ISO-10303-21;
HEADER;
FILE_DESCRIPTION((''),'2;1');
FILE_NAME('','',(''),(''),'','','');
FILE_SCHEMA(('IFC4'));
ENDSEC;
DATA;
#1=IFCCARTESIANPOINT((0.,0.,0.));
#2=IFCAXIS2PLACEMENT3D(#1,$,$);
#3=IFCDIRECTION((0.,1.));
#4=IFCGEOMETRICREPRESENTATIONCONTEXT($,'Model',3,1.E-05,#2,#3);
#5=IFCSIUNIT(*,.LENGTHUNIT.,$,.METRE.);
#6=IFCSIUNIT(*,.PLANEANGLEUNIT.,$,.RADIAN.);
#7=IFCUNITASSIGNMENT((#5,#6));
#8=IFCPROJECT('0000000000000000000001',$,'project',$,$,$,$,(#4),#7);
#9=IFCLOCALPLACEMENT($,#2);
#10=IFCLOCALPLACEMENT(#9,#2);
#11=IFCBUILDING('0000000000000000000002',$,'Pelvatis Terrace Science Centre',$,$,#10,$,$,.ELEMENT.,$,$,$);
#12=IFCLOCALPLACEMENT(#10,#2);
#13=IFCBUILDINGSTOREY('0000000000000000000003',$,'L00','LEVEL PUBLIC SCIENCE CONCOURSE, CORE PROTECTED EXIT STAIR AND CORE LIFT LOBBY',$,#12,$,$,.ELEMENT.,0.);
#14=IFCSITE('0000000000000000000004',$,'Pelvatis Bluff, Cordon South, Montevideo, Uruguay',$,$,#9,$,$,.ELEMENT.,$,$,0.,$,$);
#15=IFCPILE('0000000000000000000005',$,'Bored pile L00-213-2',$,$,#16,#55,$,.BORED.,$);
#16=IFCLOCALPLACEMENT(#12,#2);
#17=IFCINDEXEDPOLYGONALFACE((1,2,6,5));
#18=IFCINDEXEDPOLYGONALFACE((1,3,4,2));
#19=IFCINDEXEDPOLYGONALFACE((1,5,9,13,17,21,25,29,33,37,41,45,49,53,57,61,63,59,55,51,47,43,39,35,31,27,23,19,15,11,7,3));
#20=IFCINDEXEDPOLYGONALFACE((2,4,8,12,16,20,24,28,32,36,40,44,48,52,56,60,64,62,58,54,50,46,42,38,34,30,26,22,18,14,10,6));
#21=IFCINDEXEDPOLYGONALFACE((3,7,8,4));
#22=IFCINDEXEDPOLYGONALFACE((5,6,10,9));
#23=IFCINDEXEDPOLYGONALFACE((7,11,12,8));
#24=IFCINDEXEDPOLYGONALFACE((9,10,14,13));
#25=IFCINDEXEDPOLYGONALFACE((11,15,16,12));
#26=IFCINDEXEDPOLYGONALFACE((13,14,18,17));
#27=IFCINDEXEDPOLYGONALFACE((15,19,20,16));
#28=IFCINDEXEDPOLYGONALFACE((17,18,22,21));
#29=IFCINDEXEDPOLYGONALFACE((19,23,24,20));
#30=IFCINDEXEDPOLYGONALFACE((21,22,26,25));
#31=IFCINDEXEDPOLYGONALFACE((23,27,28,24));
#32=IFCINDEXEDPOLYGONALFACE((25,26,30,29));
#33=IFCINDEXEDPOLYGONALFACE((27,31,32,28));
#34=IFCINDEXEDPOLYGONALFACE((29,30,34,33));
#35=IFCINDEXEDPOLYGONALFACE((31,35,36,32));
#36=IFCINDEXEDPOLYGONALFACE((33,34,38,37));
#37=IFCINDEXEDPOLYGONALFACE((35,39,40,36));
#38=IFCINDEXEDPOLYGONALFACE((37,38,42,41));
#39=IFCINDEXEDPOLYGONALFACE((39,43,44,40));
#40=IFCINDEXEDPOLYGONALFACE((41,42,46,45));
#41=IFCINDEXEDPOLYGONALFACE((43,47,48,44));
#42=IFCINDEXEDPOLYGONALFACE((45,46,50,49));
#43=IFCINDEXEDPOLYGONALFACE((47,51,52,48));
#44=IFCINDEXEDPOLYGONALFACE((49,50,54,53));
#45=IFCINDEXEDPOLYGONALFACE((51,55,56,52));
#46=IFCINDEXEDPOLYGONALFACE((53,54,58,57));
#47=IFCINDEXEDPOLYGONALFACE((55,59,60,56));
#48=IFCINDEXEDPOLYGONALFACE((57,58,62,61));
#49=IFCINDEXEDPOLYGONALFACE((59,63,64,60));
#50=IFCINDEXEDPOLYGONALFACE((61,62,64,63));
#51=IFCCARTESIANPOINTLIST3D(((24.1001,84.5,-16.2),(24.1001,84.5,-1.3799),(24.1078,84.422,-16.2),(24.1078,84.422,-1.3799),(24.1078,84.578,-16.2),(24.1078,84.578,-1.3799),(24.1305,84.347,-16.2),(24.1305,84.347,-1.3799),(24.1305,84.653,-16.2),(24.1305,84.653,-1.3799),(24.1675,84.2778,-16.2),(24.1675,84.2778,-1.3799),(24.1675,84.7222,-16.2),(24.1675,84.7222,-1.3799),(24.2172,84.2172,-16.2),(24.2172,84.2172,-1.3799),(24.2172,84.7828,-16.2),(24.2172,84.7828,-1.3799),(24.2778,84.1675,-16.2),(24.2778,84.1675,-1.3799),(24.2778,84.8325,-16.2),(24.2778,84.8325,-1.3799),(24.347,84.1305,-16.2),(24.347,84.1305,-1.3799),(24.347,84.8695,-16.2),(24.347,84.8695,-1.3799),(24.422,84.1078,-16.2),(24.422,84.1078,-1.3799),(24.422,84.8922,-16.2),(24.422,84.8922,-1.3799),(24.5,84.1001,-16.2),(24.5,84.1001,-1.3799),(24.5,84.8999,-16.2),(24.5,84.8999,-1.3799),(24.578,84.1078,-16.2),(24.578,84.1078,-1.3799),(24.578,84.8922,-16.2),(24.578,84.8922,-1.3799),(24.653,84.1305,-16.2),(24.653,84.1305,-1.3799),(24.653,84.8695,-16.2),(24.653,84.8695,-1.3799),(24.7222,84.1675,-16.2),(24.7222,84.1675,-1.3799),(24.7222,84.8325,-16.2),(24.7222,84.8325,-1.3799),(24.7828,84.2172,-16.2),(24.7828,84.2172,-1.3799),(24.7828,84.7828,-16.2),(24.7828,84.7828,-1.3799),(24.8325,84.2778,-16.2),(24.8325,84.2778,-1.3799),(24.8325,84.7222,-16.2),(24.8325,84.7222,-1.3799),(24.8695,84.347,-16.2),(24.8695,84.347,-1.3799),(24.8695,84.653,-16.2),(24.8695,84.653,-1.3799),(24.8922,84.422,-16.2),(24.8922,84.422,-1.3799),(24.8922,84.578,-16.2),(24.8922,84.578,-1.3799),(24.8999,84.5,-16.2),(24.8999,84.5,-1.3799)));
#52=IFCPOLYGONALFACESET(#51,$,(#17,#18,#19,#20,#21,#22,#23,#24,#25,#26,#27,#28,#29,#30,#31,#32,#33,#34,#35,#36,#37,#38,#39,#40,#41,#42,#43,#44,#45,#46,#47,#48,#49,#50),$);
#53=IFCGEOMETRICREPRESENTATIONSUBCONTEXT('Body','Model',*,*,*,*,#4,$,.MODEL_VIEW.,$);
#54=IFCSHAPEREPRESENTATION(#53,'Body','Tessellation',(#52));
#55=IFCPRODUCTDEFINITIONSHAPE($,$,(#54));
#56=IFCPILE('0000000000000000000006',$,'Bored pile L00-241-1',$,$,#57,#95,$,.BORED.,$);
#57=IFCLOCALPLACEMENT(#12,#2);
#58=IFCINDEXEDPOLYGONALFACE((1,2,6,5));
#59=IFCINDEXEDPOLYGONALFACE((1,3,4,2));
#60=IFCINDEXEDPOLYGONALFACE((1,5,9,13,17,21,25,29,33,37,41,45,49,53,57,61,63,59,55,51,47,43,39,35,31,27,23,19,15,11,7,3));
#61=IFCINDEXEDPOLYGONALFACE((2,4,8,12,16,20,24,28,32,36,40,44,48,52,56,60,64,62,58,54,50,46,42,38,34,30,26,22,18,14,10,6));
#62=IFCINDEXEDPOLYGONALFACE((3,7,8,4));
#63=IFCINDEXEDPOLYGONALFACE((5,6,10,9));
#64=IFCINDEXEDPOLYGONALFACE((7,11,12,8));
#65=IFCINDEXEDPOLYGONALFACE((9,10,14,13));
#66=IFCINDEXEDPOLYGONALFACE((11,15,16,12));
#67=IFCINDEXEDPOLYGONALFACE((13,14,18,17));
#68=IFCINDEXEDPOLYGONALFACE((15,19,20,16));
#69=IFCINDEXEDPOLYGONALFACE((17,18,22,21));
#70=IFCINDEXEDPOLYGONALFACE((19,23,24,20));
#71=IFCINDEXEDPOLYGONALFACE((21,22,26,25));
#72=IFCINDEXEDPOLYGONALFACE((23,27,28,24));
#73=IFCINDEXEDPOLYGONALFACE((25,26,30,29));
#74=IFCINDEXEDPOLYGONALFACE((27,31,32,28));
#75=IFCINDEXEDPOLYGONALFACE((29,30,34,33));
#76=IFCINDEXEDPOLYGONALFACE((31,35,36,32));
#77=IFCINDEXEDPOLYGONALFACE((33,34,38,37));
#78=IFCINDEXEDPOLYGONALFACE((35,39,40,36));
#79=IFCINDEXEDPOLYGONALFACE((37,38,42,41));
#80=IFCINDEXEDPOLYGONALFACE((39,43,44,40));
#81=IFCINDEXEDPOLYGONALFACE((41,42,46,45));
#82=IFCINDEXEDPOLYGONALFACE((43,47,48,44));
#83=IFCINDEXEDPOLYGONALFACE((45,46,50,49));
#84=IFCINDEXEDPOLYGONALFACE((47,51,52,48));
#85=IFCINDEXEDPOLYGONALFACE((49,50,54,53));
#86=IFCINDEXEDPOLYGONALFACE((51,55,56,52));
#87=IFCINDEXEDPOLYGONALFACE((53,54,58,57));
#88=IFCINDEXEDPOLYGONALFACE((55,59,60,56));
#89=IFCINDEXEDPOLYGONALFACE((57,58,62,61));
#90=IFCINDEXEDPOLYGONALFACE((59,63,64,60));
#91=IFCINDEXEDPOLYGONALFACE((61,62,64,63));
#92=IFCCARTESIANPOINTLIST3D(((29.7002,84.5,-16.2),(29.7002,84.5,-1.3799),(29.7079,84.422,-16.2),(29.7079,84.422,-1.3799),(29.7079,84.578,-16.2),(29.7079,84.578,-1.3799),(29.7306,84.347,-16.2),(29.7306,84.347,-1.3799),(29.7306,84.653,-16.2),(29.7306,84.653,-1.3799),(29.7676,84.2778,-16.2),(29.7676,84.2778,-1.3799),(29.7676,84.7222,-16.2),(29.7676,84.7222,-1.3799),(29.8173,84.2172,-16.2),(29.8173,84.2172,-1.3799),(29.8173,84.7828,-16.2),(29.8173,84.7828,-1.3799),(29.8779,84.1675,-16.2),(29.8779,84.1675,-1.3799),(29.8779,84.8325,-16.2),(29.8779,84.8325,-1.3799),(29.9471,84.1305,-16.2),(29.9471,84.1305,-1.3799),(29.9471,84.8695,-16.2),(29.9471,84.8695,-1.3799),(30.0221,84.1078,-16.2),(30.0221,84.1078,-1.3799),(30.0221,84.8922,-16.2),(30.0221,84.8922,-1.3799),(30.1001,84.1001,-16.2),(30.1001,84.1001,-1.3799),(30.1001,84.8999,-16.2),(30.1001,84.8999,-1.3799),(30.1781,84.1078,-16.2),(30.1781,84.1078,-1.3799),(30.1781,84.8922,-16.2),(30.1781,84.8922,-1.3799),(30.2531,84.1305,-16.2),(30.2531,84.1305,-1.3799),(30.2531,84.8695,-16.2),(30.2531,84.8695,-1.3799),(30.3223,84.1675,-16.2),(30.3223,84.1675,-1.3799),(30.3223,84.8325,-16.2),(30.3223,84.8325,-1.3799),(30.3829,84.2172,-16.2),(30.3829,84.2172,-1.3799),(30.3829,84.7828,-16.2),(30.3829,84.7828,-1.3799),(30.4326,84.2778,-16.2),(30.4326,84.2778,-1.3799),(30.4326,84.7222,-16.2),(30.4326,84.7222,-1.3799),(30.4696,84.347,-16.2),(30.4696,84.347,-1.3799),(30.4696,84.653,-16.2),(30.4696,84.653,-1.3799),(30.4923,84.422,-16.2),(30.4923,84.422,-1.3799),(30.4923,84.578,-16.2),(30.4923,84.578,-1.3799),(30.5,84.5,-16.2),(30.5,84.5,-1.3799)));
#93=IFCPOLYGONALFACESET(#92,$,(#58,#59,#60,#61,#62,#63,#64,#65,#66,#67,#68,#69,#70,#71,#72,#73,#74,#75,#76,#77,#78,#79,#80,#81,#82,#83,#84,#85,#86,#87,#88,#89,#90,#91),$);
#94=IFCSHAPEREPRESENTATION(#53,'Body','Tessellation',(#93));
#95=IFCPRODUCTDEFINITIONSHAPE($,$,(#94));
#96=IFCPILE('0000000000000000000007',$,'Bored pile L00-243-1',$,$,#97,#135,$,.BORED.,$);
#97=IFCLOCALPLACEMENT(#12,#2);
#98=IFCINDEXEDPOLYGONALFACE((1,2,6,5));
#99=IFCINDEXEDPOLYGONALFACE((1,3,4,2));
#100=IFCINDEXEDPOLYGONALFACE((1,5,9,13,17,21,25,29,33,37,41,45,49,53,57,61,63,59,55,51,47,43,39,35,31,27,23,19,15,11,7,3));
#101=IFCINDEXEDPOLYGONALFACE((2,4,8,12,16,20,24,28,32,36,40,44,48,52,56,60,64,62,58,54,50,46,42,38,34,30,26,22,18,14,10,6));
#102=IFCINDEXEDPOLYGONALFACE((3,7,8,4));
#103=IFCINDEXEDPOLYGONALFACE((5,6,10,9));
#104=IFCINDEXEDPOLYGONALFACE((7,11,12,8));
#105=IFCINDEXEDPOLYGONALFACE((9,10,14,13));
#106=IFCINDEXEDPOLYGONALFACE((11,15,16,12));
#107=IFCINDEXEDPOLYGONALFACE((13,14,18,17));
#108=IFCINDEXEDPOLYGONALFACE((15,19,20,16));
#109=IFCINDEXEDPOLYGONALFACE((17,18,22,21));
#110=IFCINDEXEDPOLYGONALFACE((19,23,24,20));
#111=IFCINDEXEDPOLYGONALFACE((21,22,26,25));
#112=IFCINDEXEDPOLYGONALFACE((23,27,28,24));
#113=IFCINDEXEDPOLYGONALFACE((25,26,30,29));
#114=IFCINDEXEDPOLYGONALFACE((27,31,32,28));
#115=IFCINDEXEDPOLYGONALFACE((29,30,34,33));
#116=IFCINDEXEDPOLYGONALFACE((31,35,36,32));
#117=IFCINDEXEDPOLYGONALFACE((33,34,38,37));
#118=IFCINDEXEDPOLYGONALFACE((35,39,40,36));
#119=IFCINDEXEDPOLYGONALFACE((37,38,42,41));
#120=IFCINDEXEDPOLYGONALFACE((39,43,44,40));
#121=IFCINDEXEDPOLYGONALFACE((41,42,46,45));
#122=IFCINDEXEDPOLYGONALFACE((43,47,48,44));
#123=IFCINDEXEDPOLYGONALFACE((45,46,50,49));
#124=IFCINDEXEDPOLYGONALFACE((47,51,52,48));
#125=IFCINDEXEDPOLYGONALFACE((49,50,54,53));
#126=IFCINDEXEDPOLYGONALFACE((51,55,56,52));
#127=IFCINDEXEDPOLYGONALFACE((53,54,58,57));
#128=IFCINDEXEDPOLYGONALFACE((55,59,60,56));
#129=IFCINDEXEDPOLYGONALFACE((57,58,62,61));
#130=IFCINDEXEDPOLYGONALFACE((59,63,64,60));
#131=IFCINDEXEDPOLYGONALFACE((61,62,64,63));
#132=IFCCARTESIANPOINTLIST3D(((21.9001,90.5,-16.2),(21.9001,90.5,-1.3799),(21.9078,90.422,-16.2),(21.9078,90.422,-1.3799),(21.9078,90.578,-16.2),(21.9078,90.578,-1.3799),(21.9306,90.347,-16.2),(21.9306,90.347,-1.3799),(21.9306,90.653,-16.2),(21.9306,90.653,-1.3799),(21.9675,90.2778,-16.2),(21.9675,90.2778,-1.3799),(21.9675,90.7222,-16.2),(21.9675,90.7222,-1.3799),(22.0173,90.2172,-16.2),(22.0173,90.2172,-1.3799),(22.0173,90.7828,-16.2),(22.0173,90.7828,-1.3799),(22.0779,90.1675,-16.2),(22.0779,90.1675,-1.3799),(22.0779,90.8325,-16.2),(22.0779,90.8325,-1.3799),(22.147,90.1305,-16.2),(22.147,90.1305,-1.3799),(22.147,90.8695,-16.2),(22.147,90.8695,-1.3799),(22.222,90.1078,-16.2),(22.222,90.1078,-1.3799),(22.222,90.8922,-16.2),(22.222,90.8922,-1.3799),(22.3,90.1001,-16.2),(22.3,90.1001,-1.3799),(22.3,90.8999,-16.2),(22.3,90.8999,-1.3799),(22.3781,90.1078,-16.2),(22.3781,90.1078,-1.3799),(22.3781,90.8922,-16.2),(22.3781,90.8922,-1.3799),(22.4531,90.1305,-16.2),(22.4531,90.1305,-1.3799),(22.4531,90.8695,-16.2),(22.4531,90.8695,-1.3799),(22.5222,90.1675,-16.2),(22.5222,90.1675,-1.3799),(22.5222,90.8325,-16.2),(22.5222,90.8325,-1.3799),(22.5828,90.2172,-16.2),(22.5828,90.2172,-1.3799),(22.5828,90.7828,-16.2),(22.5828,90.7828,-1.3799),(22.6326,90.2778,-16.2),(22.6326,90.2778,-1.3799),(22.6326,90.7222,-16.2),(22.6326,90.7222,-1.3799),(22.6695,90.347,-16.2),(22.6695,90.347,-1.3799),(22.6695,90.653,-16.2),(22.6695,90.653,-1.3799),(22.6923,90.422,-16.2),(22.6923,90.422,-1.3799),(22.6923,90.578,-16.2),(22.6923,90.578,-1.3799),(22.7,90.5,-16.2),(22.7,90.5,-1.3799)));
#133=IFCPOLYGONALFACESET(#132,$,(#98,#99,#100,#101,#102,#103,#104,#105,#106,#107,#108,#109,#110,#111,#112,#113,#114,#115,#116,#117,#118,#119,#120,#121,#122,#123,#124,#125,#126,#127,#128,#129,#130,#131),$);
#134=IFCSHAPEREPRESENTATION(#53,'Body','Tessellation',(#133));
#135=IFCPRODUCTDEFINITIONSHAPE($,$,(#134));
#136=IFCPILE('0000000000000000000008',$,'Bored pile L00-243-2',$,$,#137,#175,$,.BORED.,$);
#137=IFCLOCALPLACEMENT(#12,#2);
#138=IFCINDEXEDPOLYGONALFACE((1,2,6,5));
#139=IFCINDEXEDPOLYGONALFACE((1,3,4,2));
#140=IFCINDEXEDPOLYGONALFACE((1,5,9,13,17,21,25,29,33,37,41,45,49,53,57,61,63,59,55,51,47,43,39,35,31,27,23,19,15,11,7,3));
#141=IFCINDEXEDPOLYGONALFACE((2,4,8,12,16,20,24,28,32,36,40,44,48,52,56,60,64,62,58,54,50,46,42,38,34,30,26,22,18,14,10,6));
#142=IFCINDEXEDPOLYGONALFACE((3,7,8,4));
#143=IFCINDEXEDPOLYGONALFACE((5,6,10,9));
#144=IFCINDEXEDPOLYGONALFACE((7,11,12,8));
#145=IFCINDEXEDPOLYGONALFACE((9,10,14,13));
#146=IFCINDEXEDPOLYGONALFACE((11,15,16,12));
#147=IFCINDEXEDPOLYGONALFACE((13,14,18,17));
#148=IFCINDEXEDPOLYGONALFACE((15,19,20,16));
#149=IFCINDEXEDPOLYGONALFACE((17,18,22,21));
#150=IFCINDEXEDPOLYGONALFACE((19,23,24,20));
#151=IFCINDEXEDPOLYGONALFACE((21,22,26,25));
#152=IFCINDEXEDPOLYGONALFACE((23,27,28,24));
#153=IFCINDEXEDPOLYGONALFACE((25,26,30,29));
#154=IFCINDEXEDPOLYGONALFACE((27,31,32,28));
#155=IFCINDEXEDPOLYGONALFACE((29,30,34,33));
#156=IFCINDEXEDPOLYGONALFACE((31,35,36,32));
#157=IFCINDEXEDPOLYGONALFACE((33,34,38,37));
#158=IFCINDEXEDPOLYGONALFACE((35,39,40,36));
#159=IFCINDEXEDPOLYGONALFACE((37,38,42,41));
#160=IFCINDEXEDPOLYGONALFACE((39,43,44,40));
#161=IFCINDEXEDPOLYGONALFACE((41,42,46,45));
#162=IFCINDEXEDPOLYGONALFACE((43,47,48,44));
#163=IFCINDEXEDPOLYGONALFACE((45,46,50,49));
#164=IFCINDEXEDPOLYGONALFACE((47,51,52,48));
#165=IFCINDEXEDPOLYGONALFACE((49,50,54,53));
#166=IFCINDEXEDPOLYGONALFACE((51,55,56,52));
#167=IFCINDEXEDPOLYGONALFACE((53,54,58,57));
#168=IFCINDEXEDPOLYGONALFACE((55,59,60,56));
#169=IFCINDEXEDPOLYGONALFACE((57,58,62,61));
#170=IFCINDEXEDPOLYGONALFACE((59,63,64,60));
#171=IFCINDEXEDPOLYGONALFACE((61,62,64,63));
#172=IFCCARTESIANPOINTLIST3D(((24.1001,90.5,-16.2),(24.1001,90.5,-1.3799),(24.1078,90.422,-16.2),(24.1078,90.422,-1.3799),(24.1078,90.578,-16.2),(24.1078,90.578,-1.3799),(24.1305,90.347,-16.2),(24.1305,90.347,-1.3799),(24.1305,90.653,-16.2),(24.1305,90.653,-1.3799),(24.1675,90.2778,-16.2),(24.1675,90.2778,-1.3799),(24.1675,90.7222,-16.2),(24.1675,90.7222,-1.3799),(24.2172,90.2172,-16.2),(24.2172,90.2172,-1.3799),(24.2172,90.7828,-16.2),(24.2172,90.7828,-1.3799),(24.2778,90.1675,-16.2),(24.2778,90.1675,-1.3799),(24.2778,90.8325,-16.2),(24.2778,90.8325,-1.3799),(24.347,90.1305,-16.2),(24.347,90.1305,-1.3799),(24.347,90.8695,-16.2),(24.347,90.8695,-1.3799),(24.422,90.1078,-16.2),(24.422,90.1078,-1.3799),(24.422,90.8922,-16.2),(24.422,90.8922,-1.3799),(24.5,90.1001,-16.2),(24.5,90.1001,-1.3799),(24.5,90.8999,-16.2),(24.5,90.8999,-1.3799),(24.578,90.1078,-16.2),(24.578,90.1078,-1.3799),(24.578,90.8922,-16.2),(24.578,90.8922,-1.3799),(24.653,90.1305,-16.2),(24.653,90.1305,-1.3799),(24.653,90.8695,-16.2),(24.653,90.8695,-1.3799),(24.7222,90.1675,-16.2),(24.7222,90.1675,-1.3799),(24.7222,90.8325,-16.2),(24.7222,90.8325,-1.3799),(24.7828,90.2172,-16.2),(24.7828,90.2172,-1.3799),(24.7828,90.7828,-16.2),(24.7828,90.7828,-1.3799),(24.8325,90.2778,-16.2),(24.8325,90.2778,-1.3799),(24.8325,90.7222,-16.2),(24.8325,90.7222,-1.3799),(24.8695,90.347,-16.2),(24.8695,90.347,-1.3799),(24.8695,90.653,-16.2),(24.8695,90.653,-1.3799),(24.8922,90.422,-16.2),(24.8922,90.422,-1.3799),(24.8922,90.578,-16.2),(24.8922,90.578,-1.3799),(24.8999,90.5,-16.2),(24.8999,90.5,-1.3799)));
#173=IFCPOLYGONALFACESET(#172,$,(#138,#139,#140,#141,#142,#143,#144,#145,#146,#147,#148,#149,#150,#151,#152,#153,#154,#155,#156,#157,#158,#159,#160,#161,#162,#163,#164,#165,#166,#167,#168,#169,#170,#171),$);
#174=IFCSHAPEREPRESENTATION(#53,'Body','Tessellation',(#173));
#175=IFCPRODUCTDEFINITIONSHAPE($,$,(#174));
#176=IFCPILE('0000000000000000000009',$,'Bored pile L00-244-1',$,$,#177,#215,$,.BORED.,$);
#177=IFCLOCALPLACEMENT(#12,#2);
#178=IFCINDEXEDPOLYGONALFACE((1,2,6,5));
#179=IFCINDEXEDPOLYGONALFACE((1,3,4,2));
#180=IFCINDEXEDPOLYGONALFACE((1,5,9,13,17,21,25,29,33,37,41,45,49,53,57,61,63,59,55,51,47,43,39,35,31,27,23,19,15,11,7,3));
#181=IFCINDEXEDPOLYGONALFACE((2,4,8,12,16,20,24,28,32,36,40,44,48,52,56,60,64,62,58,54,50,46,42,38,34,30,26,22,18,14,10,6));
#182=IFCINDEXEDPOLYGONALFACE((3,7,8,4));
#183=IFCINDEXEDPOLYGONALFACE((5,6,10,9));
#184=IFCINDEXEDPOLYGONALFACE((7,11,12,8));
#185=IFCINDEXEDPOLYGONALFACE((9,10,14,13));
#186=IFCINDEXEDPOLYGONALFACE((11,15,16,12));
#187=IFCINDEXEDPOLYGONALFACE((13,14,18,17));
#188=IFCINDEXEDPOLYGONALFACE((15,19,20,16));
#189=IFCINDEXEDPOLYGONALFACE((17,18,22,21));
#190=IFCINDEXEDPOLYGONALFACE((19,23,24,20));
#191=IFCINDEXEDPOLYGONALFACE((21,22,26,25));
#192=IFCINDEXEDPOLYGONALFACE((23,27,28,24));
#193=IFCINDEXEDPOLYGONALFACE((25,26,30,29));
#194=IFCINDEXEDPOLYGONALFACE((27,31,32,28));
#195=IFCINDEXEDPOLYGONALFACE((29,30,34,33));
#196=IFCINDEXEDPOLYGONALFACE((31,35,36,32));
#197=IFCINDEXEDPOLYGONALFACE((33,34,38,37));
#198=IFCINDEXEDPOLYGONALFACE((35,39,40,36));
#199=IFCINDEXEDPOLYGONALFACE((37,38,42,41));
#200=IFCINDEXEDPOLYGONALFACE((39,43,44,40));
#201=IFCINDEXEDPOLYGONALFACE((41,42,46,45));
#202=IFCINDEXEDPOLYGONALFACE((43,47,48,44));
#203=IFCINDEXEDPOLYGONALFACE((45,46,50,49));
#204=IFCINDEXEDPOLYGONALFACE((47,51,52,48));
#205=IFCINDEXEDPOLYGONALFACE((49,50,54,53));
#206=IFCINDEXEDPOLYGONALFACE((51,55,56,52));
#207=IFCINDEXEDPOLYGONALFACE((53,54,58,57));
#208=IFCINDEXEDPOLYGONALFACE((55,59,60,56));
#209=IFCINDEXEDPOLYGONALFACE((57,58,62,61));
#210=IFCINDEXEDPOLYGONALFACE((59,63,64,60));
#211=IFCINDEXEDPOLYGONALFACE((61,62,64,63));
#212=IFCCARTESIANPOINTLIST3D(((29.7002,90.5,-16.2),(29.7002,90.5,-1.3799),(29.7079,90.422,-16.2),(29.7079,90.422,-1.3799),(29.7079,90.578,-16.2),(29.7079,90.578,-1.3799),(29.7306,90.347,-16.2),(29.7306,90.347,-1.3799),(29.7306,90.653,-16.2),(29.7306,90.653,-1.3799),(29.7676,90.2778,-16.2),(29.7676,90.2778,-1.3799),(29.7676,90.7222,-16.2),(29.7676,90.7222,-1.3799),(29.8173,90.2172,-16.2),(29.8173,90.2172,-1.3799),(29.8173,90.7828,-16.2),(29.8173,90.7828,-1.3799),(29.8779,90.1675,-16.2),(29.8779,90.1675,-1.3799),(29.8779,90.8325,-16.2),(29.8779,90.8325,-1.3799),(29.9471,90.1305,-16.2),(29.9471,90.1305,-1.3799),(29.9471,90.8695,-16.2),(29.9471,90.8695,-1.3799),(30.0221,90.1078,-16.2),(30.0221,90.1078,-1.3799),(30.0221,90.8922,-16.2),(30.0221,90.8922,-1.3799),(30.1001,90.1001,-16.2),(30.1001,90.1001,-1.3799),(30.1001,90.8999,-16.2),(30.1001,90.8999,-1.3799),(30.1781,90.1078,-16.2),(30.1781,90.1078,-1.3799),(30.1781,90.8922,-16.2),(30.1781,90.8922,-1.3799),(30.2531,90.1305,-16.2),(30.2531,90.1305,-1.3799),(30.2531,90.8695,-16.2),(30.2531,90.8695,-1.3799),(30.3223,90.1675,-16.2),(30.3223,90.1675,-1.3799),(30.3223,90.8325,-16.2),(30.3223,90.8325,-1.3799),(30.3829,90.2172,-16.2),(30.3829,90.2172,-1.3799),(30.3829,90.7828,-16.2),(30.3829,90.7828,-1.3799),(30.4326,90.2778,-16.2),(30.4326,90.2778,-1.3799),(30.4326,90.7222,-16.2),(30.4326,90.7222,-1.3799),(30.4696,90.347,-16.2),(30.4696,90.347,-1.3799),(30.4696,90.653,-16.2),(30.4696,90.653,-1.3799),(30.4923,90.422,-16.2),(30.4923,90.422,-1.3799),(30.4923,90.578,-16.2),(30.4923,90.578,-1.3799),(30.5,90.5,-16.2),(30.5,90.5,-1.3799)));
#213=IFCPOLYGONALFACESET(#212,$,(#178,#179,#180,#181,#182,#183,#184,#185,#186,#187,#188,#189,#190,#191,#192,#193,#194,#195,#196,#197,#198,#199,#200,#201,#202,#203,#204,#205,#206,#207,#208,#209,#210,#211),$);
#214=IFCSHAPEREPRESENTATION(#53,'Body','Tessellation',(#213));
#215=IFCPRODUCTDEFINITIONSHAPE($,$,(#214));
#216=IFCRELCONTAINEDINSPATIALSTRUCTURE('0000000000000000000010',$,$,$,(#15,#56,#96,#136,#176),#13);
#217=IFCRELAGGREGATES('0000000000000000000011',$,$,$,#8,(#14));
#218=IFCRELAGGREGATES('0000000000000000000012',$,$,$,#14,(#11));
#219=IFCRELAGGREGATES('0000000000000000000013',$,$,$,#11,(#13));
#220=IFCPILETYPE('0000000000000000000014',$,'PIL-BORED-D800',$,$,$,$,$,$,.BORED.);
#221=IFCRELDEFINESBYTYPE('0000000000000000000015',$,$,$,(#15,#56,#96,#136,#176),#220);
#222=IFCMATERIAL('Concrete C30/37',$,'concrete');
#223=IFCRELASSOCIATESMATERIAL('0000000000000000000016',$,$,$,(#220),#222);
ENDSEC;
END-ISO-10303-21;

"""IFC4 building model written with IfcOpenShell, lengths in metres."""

from ifc_helpers import new_model, si_unit, direction, frame, origin, origin_2d, place, context, subcontext, project, spatial, circle, extrude, material, material_profile, profile_set, type_object, element, save


model = new_model("IFC4")

# Units and contexts
model_context = context("Model", 3, precision=1e-05, world=origin(), true_north=direction((0.0, 1.0)))
body_context = subcontext(model_context, "Body", "Model", "MODEL_VIEW")
ifc_project = project(units=[si_unit("LENGTHUNIT", "METRE"), si_unit("PLANEANGLEUNIT", "RADIAN")], contexts=[model_context])

# Site, building, storey
site_placement = place(None, origin())
site = spatial("IfcSite", under=ifc_project, at=site_placement, Name="Pelvatis Bluff, Cordon South, Montevideo, Uruguay", CompositionType="ELEMENT", RefElevation=0.0)
building_placement = place(site_placement, origin())
building = spatial("IfcBuilding", under=site, at=building_placement, Name="Pelvatis Terrace Science Centre", CompositionType="ELEMENT")
storey_placement = place(building_placement, origin())
storey = spatial("IfcBuildingStorey", under=building, at=storey_placement, Name="L00", Description="LEVEL PUBLIC SCIENCE CONCOURSE, CORE PROTECTED EXIT STAIR AND CORE LIFT LOBBY", CompositionType="ELEMENT", Elevation=0.0)

# Piles
ifc_material_1 = material(Name="Concrete C30/37", Category="concrete")
ifc_material_profile_1 = material_profile(ifc_material_1, circle(Radius=0.3999, at=origin_2d()), Name="PILE D800")
ifc_profile_set_1 = profile_set([ifc_material_profile_1], Name="Concrete C30/37")
pile_type = type_object("IfcPileType", Name="PIL-BORED-D800", PredefinedType="BORED", material=ifc_profile_set_1)
for number, where, z_axis, x_axis, name in (
    (1, (24.5, 84.5, -1.3799), (0.0, 0.0, -1.0), (1.0, 0.0, 0.0), "Bored pile L00-213-2"),
    (2, (30.1001, 84.5, -1.3799), (0.0, 0.0, -1.0), (1.0, 0.0, 0.0), "Bored pile L00-241-1"),
    (3, (22.3, 90.5, -1.3799), (0.0, 0.0, -1.0), (1.0, 0.0, 0.0), "Bored pile L00-243-1"),
    (4, (24.5, 90.5, -1.3799), (0.0, 0.0, -1.0), (1.0, 0.0, 0.0), "Bored pile L00-243-2"),
    (5, (30.1001, 90.5, -1.3799), (0.0, 0.0, -1.0), (1.0, 0.0, 0.0), "Bored pile L00-244-1"),
):
    element("IfcPile", number, at=place(storey_placement, frame(where, z_axis=z_axis, x_axis=x_axis)), inside=storey, type_object=pile_type, Name=name, PredefinedType="BORED", context=body_context, shape_type="SweptSolid", body=[
        extrude(circle(Radius=0.3999, at=origin_2d()), origin(), (0.0, 0.0, 1.0), 14.8201),
    ])

save(model, "model.ifc")
